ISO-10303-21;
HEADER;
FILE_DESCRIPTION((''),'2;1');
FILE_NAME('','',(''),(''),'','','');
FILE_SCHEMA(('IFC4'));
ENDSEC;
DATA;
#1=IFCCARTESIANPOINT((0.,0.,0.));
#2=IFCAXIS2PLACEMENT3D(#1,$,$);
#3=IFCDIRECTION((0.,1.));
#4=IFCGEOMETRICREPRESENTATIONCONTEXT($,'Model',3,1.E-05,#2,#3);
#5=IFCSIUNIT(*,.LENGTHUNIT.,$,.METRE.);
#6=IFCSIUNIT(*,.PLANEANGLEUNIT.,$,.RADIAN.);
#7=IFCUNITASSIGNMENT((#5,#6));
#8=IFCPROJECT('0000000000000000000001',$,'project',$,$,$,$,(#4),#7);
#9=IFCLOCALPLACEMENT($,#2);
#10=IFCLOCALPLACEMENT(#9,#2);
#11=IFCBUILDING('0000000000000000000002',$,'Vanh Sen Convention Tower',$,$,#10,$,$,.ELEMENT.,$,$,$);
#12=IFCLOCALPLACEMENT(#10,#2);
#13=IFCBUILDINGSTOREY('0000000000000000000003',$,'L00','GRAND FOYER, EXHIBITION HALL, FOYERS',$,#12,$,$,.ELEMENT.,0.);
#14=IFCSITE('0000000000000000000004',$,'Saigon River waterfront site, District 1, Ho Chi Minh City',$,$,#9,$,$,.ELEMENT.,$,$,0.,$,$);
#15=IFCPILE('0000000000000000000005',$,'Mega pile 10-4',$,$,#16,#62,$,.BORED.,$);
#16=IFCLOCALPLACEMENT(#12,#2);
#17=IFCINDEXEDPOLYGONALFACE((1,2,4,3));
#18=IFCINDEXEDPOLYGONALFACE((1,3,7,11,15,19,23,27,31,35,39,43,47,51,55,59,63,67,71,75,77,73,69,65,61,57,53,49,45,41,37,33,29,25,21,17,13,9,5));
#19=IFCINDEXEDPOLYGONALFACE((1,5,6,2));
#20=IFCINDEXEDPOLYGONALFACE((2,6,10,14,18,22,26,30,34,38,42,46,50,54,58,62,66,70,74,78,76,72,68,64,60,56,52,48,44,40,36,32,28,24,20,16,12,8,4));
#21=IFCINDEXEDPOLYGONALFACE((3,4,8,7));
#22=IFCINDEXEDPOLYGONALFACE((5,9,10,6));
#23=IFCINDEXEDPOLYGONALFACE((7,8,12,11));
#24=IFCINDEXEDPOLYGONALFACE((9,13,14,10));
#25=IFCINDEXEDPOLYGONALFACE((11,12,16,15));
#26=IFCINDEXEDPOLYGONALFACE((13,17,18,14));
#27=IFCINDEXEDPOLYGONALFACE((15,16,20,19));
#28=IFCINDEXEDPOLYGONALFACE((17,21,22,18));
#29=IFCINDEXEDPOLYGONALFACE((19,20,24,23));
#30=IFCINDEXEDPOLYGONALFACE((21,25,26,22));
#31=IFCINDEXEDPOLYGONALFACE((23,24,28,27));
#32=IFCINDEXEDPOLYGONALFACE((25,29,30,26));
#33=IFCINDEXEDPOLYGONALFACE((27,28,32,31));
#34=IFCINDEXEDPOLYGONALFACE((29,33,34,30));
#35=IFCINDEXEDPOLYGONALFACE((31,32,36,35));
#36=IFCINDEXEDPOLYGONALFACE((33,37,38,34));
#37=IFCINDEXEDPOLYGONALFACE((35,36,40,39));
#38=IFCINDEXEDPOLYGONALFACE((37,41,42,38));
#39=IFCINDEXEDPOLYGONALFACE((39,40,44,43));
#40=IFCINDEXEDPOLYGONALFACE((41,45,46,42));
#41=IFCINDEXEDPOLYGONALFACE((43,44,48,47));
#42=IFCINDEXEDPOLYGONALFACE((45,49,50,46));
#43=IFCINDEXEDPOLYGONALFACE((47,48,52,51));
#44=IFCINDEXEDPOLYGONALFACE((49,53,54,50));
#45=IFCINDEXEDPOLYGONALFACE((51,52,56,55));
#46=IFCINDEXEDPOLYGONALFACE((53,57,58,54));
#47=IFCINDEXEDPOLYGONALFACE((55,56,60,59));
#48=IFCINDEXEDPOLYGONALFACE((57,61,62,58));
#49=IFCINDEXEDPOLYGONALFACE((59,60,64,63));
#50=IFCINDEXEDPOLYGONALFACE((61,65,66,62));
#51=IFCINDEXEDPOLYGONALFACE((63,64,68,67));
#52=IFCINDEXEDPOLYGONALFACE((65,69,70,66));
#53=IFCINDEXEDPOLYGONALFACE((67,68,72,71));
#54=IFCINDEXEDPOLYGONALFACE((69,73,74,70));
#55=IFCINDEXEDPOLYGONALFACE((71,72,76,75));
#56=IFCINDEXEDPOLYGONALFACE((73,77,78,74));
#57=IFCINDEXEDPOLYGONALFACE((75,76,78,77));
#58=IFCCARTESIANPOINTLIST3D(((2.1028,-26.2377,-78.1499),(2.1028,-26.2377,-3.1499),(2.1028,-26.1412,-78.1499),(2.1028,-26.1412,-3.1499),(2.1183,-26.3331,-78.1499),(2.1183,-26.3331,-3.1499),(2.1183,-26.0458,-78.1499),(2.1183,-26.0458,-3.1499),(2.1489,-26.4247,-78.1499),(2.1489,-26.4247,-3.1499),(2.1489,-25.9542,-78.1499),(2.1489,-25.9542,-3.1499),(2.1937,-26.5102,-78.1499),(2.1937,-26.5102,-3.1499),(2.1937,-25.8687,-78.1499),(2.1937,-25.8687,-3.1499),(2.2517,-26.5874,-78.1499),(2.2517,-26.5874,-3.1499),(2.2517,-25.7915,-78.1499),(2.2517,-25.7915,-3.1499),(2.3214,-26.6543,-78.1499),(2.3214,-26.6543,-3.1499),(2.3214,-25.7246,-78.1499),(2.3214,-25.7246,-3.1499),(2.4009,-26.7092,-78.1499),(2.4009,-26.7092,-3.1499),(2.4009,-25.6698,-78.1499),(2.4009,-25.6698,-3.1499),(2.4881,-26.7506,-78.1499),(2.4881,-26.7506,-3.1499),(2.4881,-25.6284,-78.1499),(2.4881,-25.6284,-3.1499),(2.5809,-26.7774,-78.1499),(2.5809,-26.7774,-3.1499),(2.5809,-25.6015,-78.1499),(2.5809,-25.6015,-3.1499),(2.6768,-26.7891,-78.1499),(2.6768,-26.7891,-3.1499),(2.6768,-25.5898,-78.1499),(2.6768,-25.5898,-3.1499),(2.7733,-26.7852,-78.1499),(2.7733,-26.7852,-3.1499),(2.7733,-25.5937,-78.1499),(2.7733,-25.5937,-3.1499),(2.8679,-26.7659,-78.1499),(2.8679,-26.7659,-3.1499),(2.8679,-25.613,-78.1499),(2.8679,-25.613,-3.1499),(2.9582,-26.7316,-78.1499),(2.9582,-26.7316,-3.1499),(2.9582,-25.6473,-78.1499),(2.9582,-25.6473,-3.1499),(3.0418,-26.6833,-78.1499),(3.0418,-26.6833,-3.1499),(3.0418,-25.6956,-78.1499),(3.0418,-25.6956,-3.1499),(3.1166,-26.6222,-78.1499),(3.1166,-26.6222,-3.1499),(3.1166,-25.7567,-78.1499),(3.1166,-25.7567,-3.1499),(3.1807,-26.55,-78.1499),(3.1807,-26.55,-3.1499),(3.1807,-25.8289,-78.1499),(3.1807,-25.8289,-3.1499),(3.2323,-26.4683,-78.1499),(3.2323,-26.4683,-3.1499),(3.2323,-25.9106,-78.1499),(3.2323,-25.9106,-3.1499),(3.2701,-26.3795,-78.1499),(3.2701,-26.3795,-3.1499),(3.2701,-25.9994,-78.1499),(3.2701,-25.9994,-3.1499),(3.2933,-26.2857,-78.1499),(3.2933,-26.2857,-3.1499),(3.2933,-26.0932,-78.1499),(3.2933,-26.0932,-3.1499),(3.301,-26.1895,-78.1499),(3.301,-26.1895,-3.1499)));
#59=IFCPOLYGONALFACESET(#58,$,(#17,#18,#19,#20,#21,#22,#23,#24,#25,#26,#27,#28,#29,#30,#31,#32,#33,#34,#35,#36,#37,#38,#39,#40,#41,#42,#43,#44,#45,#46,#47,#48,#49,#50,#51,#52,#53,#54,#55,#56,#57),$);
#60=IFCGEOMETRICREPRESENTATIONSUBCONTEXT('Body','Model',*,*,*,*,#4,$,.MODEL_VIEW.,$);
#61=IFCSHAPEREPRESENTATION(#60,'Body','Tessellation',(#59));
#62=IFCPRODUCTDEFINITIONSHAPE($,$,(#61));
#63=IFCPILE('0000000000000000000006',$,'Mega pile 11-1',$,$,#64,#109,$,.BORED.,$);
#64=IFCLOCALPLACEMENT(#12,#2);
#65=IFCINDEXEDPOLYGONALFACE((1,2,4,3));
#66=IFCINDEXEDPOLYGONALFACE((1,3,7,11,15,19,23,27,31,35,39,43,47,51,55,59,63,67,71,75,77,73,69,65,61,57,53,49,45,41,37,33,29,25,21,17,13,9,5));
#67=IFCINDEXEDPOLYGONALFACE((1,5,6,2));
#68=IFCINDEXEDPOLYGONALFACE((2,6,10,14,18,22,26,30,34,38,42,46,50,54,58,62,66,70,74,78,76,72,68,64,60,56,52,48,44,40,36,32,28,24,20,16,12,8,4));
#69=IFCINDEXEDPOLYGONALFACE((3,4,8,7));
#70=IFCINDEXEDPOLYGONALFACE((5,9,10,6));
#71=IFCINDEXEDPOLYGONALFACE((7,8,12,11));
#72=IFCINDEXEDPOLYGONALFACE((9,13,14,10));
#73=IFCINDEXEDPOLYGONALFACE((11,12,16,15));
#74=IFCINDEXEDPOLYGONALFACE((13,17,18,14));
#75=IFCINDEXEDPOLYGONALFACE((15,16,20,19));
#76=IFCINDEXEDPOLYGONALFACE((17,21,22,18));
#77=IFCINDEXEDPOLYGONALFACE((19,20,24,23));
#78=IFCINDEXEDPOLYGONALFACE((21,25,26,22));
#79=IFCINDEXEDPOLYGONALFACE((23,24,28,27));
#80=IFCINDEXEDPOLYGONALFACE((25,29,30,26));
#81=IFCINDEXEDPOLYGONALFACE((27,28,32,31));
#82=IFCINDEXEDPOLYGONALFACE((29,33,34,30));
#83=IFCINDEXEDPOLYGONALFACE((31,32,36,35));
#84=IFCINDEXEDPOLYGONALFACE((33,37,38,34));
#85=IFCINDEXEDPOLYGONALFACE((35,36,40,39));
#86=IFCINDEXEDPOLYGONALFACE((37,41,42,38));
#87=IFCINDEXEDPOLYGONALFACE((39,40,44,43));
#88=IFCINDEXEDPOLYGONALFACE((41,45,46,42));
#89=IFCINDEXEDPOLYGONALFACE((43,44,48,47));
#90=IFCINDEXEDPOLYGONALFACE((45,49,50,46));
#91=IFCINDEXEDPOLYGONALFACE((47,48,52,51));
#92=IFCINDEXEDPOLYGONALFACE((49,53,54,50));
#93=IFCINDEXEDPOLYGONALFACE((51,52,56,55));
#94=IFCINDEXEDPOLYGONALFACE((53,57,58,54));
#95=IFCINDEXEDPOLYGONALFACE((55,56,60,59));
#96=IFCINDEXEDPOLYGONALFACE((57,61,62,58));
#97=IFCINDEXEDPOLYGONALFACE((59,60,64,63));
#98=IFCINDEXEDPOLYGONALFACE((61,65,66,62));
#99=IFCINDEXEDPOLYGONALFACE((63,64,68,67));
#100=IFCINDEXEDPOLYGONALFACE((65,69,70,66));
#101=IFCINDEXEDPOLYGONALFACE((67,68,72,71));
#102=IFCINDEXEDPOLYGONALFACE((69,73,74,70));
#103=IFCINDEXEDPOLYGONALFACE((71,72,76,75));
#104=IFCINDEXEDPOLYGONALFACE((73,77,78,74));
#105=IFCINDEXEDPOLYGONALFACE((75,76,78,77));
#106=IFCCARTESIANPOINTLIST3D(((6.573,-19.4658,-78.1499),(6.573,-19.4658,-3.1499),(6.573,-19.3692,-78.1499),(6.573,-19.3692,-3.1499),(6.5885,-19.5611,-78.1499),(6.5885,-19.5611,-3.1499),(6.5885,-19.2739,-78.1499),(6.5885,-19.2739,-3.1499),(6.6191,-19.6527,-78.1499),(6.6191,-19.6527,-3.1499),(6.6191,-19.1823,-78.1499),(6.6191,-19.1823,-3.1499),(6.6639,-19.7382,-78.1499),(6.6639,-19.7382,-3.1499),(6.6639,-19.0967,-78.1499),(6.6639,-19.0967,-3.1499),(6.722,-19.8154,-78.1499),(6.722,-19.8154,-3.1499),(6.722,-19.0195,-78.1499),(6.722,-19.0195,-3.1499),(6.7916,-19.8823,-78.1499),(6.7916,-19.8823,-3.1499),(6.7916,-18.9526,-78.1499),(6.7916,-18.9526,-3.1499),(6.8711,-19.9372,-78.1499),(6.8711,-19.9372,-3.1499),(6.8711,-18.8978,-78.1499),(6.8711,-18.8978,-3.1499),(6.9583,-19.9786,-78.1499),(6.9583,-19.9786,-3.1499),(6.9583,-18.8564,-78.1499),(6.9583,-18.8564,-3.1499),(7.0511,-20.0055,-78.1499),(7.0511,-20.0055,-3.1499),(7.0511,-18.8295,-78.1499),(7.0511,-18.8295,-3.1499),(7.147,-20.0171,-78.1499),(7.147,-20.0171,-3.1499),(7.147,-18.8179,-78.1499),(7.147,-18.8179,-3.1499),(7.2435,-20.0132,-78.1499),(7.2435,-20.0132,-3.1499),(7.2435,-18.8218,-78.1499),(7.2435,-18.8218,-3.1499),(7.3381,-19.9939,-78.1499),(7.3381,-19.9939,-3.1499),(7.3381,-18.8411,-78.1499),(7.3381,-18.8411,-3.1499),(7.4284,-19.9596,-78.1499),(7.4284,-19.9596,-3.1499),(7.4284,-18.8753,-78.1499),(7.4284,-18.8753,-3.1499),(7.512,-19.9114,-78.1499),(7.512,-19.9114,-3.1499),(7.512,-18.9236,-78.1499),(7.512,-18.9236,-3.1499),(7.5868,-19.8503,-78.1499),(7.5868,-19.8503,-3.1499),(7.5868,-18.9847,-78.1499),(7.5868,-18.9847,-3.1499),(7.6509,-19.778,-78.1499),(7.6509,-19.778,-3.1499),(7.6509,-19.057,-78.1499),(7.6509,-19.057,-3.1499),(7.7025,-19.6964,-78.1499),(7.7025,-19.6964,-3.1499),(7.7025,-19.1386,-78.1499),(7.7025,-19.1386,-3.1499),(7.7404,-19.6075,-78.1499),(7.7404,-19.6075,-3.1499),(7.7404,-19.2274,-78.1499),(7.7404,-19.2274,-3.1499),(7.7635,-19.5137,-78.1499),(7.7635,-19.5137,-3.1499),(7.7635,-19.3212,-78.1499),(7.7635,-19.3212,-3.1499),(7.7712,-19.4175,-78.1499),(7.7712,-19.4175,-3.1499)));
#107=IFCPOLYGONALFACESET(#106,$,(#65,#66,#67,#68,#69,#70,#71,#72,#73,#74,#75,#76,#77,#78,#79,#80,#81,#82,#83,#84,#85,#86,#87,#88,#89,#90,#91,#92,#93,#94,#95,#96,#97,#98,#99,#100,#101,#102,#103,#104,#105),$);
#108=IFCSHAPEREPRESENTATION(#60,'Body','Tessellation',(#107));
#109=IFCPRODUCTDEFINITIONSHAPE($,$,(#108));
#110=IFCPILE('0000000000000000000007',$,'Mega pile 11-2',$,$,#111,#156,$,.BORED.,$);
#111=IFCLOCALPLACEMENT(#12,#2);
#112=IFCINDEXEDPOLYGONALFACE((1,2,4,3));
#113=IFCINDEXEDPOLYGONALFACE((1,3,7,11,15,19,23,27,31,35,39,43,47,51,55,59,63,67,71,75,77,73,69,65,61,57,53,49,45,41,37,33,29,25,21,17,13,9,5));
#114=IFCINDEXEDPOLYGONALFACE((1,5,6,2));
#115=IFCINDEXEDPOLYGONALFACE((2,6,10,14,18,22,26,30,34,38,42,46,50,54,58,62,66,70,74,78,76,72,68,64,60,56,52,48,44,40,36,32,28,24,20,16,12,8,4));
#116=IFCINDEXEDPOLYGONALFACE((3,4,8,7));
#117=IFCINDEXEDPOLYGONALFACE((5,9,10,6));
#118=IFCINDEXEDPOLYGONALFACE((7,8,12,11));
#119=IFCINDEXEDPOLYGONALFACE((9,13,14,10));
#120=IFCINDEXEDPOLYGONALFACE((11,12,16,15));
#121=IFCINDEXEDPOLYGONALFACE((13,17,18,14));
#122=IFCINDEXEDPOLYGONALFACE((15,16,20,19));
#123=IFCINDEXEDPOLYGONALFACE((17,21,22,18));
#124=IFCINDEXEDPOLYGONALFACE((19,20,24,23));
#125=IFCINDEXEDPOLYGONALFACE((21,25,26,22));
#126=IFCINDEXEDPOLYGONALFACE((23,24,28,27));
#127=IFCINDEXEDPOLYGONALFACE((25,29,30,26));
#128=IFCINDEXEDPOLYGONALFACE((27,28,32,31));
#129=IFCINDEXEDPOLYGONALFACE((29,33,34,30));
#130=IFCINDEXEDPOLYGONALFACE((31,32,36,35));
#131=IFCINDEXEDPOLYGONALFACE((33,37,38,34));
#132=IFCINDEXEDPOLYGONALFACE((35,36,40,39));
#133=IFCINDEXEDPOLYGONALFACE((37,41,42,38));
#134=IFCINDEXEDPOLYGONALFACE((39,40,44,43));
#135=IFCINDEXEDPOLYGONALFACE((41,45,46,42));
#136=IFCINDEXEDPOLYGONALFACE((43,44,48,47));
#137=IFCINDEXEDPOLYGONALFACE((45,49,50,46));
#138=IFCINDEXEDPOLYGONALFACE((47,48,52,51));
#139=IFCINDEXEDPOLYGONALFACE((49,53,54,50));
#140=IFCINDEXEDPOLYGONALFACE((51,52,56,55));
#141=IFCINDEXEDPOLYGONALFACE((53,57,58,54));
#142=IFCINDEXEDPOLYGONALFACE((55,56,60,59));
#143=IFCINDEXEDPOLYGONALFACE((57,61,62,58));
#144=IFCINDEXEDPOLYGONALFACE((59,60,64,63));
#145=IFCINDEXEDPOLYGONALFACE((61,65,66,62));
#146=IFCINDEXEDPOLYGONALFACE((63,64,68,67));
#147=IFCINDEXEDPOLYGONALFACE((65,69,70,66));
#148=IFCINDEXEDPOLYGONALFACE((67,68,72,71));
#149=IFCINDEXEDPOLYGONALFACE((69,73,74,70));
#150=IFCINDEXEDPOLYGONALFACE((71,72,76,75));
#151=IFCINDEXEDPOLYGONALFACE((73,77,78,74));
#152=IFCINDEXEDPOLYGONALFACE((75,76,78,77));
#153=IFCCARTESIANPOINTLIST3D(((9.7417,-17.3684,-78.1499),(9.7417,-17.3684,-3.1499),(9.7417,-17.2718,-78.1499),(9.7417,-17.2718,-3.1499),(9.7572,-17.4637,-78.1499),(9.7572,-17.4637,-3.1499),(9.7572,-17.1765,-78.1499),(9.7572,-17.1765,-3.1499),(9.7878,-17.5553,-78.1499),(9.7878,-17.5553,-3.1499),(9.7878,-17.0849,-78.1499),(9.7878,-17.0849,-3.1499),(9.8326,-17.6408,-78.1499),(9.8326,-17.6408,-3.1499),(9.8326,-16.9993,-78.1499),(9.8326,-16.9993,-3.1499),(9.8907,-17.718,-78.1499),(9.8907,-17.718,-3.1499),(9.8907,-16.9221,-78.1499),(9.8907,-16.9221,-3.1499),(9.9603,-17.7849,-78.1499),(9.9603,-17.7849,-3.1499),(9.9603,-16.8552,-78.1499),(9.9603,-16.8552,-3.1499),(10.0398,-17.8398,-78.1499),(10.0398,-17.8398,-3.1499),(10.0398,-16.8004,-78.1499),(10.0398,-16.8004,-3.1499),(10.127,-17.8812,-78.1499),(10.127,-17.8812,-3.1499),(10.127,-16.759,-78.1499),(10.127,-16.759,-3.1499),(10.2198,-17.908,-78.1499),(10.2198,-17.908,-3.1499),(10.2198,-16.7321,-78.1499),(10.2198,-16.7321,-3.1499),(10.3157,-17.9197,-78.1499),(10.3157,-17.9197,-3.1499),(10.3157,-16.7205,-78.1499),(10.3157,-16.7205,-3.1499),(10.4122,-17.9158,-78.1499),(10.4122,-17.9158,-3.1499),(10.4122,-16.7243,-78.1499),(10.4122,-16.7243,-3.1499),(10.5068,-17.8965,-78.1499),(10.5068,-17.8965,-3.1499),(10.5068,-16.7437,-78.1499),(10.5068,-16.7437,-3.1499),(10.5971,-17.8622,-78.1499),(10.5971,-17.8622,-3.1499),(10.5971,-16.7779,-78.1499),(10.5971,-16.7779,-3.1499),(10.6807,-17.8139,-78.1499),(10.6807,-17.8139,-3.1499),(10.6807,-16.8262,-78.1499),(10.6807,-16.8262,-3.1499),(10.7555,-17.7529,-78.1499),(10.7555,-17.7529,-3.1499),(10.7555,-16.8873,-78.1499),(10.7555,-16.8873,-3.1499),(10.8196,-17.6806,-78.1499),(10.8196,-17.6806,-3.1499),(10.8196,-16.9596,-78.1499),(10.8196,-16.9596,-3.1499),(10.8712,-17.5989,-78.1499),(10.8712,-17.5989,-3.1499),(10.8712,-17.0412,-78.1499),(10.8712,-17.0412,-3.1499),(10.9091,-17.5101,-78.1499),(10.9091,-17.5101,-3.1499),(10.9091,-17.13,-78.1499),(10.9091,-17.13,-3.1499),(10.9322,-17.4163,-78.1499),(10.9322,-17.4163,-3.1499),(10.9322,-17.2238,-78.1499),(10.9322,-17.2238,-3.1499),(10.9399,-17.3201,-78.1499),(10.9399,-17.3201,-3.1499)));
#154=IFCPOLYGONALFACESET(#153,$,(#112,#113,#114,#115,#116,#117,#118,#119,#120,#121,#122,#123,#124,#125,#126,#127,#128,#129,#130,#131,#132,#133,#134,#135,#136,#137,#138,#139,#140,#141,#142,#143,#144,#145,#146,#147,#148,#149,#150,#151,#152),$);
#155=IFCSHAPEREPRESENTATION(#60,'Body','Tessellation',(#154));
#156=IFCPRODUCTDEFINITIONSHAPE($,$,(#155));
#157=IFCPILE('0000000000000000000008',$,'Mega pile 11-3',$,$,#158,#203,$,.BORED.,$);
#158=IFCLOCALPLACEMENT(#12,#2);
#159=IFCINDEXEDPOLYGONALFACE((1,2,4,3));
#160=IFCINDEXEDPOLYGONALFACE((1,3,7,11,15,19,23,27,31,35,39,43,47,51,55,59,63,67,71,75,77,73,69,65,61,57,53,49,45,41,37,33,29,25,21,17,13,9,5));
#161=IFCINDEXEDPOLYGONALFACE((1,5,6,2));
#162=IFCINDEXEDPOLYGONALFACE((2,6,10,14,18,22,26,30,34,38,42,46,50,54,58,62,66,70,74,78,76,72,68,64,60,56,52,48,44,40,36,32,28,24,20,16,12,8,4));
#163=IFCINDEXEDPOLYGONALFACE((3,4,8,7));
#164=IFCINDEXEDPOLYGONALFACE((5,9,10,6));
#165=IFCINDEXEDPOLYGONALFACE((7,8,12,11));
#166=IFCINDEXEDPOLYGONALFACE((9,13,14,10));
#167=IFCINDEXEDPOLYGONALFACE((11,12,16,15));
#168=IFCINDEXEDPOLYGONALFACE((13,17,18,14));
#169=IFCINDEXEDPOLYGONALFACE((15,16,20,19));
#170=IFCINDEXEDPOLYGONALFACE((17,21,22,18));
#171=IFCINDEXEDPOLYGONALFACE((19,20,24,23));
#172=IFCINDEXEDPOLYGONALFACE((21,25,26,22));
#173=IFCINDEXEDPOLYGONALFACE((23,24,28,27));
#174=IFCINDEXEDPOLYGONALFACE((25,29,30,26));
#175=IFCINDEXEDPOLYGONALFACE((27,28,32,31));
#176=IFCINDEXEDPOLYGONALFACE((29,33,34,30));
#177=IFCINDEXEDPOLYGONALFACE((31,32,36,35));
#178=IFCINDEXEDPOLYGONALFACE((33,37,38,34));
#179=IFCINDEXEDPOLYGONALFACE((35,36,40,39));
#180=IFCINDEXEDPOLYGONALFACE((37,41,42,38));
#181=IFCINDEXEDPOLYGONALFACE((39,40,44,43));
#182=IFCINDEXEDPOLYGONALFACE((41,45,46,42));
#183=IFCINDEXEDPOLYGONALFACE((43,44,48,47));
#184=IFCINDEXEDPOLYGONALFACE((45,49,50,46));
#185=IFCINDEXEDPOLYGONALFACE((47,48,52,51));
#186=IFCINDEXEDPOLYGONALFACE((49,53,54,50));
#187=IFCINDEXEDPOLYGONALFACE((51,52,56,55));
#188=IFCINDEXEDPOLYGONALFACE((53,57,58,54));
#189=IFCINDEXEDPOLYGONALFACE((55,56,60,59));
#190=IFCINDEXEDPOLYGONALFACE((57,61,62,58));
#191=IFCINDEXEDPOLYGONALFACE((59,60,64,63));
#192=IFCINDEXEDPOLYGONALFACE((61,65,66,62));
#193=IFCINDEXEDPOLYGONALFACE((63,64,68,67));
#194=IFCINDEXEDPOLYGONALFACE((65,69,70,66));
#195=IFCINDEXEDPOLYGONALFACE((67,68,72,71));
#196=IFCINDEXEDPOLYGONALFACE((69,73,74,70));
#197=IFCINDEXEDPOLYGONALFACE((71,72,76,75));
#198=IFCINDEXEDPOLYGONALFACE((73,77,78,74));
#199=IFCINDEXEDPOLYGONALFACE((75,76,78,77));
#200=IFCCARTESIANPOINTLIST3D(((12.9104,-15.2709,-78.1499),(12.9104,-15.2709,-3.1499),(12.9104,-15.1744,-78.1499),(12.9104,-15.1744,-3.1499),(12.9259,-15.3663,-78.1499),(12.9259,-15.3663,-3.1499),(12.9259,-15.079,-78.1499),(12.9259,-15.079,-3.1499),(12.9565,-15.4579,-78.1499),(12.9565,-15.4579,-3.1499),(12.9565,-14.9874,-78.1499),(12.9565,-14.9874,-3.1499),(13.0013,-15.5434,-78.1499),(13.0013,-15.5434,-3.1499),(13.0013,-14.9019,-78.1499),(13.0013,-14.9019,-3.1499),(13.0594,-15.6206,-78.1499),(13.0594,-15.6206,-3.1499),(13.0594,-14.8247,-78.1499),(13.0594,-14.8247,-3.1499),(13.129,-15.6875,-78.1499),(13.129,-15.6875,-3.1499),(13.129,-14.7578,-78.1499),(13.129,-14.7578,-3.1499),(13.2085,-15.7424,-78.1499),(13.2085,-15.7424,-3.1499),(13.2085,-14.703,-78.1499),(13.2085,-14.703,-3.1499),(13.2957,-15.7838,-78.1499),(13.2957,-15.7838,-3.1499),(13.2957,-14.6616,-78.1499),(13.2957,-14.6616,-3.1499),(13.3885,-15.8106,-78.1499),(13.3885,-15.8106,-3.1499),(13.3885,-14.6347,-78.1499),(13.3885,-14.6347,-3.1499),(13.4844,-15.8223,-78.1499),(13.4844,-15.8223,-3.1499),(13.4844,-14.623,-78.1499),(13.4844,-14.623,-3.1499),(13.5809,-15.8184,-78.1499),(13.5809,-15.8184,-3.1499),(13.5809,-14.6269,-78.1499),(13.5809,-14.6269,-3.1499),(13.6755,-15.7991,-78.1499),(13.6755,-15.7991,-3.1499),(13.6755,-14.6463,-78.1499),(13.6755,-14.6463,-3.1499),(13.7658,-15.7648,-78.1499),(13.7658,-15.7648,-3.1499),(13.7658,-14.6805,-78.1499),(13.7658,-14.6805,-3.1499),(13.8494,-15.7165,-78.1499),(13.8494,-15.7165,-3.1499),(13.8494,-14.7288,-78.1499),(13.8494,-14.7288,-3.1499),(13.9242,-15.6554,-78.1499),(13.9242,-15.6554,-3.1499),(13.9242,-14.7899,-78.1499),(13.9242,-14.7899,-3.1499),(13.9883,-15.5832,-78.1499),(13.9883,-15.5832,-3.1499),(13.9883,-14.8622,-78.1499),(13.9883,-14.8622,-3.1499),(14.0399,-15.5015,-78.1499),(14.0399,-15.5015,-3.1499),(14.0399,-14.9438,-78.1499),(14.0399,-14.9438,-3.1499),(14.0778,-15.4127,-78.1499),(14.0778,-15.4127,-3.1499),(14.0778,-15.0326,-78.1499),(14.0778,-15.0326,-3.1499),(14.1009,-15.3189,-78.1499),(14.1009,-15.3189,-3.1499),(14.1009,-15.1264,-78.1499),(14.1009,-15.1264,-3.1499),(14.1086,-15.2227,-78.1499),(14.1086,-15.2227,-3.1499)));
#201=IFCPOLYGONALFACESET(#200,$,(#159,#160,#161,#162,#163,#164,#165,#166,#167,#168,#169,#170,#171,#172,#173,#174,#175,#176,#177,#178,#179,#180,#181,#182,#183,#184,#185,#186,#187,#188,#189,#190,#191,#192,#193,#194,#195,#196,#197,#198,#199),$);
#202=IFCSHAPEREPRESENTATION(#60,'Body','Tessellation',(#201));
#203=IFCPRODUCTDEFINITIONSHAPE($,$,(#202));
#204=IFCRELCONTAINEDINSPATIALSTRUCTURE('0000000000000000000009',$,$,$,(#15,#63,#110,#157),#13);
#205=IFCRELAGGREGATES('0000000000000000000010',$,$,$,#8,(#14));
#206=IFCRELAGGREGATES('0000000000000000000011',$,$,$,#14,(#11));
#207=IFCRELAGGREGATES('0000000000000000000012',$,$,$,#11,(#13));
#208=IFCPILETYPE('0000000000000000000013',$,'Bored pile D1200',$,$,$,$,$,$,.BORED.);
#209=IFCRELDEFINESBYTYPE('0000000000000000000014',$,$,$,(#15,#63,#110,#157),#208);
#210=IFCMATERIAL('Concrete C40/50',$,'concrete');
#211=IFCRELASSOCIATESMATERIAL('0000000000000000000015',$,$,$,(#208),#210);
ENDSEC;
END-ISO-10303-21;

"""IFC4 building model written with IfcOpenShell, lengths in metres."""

from ifc_helpers import new_model, si_unit, direction, frame, origin, origin_2d, place, context, subcontext, project, spatial, circle, extrude, material, material_profile, profile_set, type_object, element, save


model = new_model("IFC4")

# Units and contexts
model_context = context("Model", 3, precision=1e-05, world=origin(), true_north=direction((0.0, 1.0)))
body_context = subcontext(model_context, "Body", "Model", "MODEL_VIEW")
ifc_project = project(units=[si_unit("LENGTHUNIT", "METRE"), si_unit("PLANEANGLEUNIT", "RADIAN")], contexts=[model_context])

# Site, building, storey
site_placement = place(None, origin())
site = spatial("IfcSite", under=ifc_project, at=site_placement, Name="Saigon River waterfront site, District 1, Ho Chi Minh City", CompositionType="ELEMENT", RefElevation=0.0)
building_placement = place(site_placement, origin())
building = spatial("IfcBuilding", under=site, at=building_placement, Name="Vanh Sen Convention Tower", CompositionType="ELEMENT")
storey_placement = place(building_placement, origin())
storey = spatial("IfcBuildingStorey", under=building, at=storey_placement, Name="L00", Description="GRAND FOYER, EXHIBITION HALL, FOYERS", CompositionType="ELEMENT", Elevation=0.0)

# Piles
ifc_material_1 = material(Name="Concrete C40/50", Category="concrete")
ifc_material_profile_1 = material_profile(ifc_material_1, circle(Radius=0.6001, at=origin_2d()), Name="Bored pile D1200")
ifc_profile_set_1 = profile_set([ifc_material_profile_1], Name="Concrete C40/50")
pile_type_1 = type_object("IfcPileType", Name="Bored pile D1200", PredefinedType="BORED", material=ifc_profile_set_1)
for number, where, z_axis, x_axis, name in (
    (1, (2.7009, -26.1895, -3.1499), (0.0, 0.0, -1.0), (1.0, 0.0, 0.0), "Mega pile 10-4"),
    (2, (7.1711, -19.4175, -3.1499), (0.0, 0.0, -1.0), (1.0, 0.0, 0.0), "Mega pile 11-1"),
    (3, (10.3398, -17.3201, -3.1499), (0.0, 0.0, -1.0), (1.0, 0.0, 0.0), "Mega pile 11-2"),
    (4, (13.5085, -15.2227, -3.1499), (0.0, 0.0, -1.0), (1.0, 0.0, 0.0), "Mega pile 11-3"),
):
    element("IfcPile", number, at=place(storey_placement, frame(where, z_axis=z_axis, x_axis=x_axis)), inside=storey, type_object=pile_type_1, Name=name, PredefinedType="BORED", context=body_context, shape_type="SweptSolid", body=[
        extrude(circle(Radius=0.6001, at=origin_2d()), origin(), (0.0, 0.0, 1.0), 75.0),
    ])

save(model, "model.ifc")
